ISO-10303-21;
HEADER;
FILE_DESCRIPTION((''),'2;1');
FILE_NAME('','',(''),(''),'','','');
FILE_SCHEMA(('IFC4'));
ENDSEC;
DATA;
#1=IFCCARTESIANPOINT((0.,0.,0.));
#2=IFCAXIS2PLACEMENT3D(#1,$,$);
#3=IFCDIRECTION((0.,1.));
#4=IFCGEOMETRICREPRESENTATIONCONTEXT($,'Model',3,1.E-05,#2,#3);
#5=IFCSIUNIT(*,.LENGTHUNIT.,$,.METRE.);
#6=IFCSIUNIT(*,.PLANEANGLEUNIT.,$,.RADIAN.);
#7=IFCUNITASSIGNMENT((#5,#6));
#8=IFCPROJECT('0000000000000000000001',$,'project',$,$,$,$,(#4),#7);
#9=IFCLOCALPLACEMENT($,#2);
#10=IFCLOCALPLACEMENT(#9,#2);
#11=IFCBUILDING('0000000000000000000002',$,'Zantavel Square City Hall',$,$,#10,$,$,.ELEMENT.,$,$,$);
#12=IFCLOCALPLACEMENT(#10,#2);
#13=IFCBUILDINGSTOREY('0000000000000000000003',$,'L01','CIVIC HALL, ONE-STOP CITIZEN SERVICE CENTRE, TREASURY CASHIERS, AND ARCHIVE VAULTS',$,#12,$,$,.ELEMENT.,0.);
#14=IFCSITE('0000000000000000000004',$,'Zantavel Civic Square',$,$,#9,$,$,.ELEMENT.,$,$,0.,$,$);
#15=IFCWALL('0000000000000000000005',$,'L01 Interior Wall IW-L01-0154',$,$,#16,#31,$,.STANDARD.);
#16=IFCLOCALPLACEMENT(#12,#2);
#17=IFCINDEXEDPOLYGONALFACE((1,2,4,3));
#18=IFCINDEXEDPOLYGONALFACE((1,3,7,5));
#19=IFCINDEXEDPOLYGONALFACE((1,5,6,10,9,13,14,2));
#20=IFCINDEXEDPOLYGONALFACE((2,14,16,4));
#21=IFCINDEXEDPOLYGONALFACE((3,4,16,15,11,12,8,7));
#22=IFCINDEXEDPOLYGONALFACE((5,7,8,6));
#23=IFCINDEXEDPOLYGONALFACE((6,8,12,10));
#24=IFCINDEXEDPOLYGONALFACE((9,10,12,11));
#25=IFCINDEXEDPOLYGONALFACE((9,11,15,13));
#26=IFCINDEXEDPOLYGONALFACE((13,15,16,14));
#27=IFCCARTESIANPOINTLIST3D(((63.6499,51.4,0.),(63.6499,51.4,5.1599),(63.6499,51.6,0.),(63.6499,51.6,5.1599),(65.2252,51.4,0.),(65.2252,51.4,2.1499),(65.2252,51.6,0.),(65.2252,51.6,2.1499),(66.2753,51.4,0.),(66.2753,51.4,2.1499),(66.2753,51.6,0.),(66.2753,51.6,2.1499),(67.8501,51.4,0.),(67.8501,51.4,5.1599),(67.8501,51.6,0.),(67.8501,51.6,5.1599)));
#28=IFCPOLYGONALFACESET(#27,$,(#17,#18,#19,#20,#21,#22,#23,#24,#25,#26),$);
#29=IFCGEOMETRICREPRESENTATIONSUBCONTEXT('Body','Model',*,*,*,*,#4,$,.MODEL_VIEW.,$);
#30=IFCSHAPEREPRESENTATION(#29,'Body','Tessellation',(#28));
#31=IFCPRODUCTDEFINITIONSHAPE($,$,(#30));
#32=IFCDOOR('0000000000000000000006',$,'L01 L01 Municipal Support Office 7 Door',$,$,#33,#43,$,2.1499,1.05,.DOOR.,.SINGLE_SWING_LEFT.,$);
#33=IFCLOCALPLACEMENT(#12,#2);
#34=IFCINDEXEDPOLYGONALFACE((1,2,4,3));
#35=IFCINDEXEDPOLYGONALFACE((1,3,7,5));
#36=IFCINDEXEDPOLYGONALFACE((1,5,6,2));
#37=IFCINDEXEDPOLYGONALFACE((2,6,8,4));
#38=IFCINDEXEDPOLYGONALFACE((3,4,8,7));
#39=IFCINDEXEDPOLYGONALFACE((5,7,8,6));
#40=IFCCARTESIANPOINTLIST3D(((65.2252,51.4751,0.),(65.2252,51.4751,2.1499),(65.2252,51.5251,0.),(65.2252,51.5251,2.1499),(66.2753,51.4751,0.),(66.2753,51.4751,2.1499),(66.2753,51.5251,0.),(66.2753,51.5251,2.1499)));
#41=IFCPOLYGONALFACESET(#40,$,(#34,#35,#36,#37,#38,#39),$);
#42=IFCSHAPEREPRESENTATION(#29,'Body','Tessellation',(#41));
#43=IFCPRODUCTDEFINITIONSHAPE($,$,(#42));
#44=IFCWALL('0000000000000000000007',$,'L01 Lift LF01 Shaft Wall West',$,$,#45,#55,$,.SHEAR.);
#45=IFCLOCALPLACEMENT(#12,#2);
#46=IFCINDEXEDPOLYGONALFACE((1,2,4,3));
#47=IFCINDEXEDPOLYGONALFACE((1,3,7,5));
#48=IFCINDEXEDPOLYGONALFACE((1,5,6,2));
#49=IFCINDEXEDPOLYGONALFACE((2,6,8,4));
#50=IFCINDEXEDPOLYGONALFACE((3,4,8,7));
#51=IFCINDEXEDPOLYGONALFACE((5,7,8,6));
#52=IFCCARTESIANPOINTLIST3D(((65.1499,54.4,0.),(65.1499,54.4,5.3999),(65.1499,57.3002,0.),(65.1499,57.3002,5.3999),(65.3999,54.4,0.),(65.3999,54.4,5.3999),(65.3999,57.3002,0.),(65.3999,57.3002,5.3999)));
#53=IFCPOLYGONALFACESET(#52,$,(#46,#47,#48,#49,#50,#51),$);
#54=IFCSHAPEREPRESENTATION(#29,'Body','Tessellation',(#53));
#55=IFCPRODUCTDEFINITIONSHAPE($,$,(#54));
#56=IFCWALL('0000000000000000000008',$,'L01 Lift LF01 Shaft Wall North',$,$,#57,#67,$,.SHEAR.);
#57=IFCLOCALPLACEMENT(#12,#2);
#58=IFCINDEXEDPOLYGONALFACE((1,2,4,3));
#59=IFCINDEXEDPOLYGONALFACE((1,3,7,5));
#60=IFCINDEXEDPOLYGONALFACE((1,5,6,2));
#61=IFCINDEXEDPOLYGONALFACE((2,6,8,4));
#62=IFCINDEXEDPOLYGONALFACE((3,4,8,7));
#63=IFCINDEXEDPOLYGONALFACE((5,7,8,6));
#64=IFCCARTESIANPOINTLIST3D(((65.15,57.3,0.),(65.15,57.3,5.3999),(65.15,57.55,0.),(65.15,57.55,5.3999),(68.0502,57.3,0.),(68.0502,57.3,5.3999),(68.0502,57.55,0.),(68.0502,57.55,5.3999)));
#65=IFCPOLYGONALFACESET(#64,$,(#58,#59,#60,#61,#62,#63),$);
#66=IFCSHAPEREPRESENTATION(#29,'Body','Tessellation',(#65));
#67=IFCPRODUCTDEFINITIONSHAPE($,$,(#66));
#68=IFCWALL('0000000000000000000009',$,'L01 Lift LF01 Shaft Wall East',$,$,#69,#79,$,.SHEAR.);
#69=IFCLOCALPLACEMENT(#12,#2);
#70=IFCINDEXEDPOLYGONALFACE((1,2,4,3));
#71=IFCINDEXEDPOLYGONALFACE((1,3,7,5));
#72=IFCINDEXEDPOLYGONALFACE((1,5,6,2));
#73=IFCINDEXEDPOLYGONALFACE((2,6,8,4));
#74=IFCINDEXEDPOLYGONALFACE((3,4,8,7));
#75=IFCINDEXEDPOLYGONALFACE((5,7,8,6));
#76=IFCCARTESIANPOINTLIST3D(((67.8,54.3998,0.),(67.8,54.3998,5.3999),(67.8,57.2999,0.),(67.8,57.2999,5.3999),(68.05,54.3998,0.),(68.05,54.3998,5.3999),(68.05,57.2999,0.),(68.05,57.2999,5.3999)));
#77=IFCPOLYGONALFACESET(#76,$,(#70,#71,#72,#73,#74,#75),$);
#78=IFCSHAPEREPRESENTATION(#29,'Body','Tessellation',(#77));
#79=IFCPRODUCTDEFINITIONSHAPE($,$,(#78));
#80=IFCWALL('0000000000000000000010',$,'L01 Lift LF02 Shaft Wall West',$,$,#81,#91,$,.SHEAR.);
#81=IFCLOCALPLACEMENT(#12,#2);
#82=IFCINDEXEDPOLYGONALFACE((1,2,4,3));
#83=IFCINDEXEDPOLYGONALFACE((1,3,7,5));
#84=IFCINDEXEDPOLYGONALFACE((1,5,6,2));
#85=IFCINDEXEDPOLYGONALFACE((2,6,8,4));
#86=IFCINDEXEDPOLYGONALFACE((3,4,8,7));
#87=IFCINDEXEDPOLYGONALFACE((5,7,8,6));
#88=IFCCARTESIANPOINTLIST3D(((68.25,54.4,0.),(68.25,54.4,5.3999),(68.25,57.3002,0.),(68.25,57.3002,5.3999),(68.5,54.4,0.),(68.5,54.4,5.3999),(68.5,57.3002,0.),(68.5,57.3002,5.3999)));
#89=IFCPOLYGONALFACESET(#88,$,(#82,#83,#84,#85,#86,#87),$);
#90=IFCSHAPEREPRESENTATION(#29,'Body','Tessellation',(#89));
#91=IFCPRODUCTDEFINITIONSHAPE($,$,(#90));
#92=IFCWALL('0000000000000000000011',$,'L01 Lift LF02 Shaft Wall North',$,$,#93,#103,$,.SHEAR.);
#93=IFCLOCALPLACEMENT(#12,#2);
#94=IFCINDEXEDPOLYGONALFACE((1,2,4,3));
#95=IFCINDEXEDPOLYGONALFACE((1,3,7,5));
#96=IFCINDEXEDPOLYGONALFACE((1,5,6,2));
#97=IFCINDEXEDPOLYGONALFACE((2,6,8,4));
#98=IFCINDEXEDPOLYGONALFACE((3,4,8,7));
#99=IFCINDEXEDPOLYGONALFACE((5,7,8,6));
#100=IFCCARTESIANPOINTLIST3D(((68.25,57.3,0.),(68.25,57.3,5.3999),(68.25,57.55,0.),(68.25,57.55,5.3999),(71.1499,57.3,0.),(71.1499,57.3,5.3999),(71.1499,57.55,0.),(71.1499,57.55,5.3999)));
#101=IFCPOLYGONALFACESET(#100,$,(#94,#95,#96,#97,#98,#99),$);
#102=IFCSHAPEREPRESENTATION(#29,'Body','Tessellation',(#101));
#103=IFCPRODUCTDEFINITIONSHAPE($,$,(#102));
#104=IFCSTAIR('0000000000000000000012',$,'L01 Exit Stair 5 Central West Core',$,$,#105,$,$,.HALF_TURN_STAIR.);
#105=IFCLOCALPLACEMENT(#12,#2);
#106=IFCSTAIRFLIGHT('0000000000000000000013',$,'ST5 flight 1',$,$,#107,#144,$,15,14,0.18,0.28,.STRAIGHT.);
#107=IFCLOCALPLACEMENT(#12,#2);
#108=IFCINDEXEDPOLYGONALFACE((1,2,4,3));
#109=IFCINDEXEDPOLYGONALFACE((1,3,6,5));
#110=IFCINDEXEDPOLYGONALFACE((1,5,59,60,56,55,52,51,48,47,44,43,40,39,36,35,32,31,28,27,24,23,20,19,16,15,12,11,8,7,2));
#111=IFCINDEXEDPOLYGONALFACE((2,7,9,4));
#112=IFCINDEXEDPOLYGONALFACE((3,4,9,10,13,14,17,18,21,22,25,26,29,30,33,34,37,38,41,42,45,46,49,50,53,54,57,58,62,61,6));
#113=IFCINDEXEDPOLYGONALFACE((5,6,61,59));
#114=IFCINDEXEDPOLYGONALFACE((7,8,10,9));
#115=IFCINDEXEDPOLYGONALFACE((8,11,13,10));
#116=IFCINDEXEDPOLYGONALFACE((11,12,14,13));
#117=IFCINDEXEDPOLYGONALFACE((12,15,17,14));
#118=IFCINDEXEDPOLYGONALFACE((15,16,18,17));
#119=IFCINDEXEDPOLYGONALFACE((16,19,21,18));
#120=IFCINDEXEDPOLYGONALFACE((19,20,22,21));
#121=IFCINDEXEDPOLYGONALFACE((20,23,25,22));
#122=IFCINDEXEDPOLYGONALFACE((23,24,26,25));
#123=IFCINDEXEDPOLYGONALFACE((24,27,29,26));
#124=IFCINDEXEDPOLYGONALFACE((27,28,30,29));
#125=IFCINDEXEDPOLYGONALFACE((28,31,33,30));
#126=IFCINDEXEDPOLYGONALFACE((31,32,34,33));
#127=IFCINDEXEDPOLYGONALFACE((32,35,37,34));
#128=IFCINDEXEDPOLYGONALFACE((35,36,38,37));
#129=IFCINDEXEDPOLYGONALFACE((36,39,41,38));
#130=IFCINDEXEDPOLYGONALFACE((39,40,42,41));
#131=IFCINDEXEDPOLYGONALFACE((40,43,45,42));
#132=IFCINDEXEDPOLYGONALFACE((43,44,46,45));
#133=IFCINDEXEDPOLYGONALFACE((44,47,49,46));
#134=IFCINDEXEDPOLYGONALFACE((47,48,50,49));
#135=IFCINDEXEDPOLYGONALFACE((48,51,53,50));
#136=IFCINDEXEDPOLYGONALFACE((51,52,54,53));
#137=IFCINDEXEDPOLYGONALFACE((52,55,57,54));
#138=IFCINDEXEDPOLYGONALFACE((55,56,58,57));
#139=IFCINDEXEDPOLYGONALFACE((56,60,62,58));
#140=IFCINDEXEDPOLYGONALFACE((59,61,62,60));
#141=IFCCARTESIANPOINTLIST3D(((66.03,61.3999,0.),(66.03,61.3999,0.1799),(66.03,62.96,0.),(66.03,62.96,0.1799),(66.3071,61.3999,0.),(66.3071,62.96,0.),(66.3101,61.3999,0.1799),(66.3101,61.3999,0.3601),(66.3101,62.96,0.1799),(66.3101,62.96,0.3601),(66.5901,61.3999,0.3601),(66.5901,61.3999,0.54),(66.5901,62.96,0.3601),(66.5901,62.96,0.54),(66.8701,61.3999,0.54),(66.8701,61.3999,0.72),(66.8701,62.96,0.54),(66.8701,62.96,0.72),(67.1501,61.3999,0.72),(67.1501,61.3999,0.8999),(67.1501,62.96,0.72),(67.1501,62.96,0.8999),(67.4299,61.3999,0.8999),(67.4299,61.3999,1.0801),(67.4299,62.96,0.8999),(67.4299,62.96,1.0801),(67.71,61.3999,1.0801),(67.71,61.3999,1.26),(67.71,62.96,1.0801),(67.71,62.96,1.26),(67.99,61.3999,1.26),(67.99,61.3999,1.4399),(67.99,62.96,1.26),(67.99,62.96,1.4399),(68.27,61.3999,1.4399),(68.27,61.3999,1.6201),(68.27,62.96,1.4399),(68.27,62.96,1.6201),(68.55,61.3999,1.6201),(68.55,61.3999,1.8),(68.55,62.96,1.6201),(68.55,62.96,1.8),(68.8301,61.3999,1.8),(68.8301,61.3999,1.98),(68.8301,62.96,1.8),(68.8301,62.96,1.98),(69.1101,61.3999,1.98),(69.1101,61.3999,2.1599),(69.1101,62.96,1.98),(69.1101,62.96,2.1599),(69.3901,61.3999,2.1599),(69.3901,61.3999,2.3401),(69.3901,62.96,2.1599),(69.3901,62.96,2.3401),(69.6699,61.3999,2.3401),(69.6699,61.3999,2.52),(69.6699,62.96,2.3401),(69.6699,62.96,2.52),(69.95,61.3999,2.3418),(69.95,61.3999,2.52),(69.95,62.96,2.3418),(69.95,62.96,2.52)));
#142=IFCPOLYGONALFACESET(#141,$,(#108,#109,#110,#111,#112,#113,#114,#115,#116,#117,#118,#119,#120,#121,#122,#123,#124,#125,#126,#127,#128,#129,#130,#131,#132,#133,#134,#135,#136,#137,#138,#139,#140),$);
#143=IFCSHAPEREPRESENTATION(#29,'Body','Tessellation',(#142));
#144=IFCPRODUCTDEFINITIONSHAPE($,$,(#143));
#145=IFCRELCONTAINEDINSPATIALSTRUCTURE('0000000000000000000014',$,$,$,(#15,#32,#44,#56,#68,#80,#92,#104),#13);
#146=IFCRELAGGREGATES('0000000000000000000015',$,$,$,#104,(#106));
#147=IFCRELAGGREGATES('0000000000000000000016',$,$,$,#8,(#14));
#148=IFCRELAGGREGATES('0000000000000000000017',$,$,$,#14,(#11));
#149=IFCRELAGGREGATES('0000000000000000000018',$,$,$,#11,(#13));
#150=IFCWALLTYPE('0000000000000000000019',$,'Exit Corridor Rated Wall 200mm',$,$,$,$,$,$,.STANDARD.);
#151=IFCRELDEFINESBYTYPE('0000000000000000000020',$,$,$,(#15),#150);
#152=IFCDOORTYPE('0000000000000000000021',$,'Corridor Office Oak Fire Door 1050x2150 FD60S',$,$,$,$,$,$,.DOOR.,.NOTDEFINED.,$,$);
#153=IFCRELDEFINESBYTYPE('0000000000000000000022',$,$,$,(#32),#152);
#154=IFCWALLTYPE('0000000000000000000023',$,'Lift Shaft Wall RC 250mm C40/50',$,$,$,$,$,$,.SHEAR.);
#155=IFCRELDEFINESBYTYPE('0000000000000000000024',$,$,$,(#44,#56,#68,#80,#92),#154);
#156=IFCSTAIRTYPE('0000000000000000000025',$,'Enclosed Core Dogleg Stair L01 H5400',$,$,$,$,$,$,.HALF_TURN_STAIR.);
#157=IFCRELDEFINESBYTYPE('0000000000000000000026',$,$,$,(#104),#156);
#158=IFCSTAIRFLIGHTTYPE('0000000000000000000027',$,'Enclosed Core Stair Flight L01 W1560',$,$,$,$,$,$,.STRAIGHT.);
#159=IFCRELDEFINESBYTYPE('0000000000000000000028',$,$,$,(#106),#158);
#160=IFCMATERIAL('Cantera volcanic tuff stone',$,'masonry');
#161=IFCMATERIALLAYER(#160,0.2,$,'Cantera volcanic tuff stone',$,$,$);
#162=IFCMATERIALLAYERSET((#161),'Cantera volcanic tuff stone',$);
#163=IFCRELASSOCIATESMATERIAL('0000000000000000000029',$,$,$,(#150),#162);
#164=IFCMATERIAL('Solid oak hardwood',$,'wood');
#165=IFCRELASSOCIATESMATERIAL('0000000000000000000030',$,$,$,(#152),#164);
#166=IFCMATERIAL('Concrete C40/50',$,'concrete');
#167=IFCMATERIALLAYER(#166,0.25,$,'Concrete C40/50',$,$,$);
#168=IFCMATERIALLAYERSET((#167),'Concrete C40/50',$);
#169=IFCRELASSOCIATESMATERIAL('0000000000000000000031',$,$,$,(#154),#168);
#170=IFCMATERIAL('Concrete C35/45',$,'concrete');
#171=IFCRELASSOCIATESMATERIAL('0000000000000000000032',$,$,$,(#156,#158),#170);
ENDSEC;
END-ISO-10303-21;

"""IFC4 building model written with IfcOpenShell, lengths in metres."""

from ifc_helpers import new_model, si_unit, direction, frame, frame_2d, origin, place, context, subcontext, project, spatial, polyline, rectangle, outline, extrude, material, layer, layer_set, type_object, element, fill, aggregate, save


model = new_model("IFC4")

# Units and contexts
model_context = context("Model", 3, precision=1e-05, world=origin(), true_north=direction((0.0, 1.0)))
body_context = subcontext(model_context, "Body", "Model", "MODEL_VIEW")
ifc_project = project(units=[si_unit("LENGTHUNIT", "METRE"), si_unit("PLANEANGLEUNIT", "RADIAN")], contexts=[model_context])

# Site, building, storey
site_placement = place(None, origin())
site = spatial("IfcSite", under=ifc_project, at=site_placement, Name="Zantavel Civic Square", CompositionType="ELEMENT", RefElevation=0.0)
building_placement = place(site_placement, origin())
building = spatial("IfcBuilding", under=site, at=building_placement, Name="Zantavel Square City Hall", CompositionType="ELEMENT")
storey_placement = place(building_placement, origin())
storey = spatial("IfcBuildingStorey", under=building, at=storey_placement, Name="L01", Description="CIVIC HALL, ONE-STOP CITIZEN SERVICE CENTRE, TREASURY CASHIERS, AND ARCHIVE VAULTS", CompositionType="ELEMENT", Elevation=0.0)

# Shared definitions
ifc_material_1 = material(Name="Concrete C40/50", Category="concrete")

# Shared definitions
ifc_material_2 = material(Name="Concrete C35/45", Category="concrete")

# Shared definitions
ifc_material_3 = material(Name="Cantera volcanic tuff stone", Category="masonry")
ifc_layer_1 = layer(ifc_material_3, 0.2, Name="Cantera volcanic tuff stone")
ifc_layer_set_1 = layer_set([ifc_layer_1], Name="Cantera volcanic tuff stone")
wall_type_1 = type_object("IfcWallType", Name="Exit Corridor Rated Wall 200mm", PredefinedType="STANDARD", material=ifc_layer_set_1)

# Wall, opening, door
ifc_material_4 = material(Name="Solid oak hardwood", Category="wood")
door_type_1 = type_object("IfcDoorType", Name="Corridor Office Oak Fire Door 1050x2150 FD60S", OperationType="NOTDEFINED", PredefinedType="DOOR", material=ifc_material_4)
wall_1_placement = place(storey_placement, frame((67.8501, 51.5, 0.0), z_axis=(0.0, 0.0, 1.0), x_axis=(-1.0, 0.0, 0.0)))
wall_1 = element("IfcWall", 1, at=wall_1_placement, inside=storey, type_object=wall_type_1, Name="L01 Interior Wall IW-L01-0154", PredefinedType="STANDARD", context=body_context, shape_type="SweptSolid", body=[
    extrude(rectangle(XDim=4.2002, YDim=0.2, at=frame_2d((2.1001, 0.0))), origin(), (0.0, 0.0, 1.0), 5.1599),
])
opening_1_placement = place(wall_1_placement, frame((1.575, 0.0, 0.0)))
opening_1 = element("IfcOpeningElement", 2, at=opening_1_placement, cuts=wall_1, PredefinedType="OPENING", context=body_context, shape_type="SweptSolid", body=[
    extrude(rectangle(XDim=1.05, YDim=2.1499, at=frame_2d((0.5249, 1.075))), frame((0.0, 0.1099, 0.0), z_axis=(0.0, -1.0, 0.0), x_axis=(1.0, 0.0, 0.0)), (0.0, 0.0, 1.0), 0.22),
])
door_1_placement = place(opening_1_placement, origin())
door_1 = element("IfcDoor", 3, at=door_1_placement, inside=storey, type_object=door_type_1, Name="L01 L01 Municipal Support Office 7 Door", OperationType="SINGLE_SWING_LEFT", OverallHeight=2.1499, OverallWidth=1.05, PredefinedType="DOOR", context=body_context, shape_type="SweptSolid", body=[
    extrude(rectangle(XDim=1.05, YDim=2.1499, at=frame_2d((0.5249, 1.075))), frame((0.0, 0.0249, 0.0), z_axis=(0.0, -1.0, 0.0), x_axis=(1.0, 0.0, 0.0)), (0.0, 0.0, 1.0), 0.05),
])
fill(opening_1, door_1)
ifc_layer_2 = layer(ifc_material_1, 0.25, Name="Concrete C40/50")
ifc_layer_set_2 = layer_set([ifc_layer_2], Name="Concrete C40/50")
wall_type_2 = type_object("IfcWallType", Name="Lift Shaft Wall RC 250mm C40/50", PredefinedType="SHEAR", material=ifc_layer_set_2)

# Walls
for number, where, z_axis, x_axis, name in (
    (4, (65.2749, 54.3999, 0.0), (0.0, 0.0, 1.0), (0.0, 1.0, 0.0), "L01 Lift LF01 Shaft Wall West"),
    (5, (65.1499, 57.425, 0.0), (0.0, 0.0, 1.0), (1.0, 0.0, 0.0), "L01 Lift LF01 Shaft Wall North"),
    (6, (67.925, 57.3, 0.0), (0.0, 0.0, 1.0), (0.0, -1.0, 0.0), "L01 Lift LF01 Shaft Wall East"),
    (7, (68.375, 54.3999, 0.0), (0.0, 0.0, 1.0), (0.0, 1.0, 0.0), "L01 Lift LF02 Shaft Wall West"),
):
    element("IfcWall", number, at=place(storey_placement, frame(where, z_axis=z_axis, x_axis=x_axis)), inside=storey, type_object=wall_type_2, Name=name, PredefinedType="SHEAR", context=body_context, shape_type="SweptSolid", body=[
        extrude(rectangle(XDim=2.9001, YDim=0.25, at=frame_2d((1.4502, 0.0))), origin(), (0.0, 0.0, 1.0), 5.3999),
    ])
wall_2_placement = place(storey_placement, frame((68.25, 57.425, 0.0), z_axis=(0.0, 0.0, 1.0), x_axis=(1.0, 0.0, 0.0)))
element("IfcWall", 8, at=wall_2_placement, inside=storey, type_object=wall_type_2, Name="L01 Lift LF02 Shaft Wall North", PredefinedType="SHEAR", context=body_context, shape_type="SweptSolid", body=[
    extrude(rectangle(XDim=2.8999, YDim=0.25, at=frame_2d((1.45, 0.0))), origin(), (0.0, 0.0, 1.0), 5.3999),
])

# Stair, stair flight
stair_type = type_object("IfcStairType", Name="Enclosed Core Dogleg Stair L01 H5400", PredefinedType="HALF_TURN_STAIR", material=ifc_material_2)
stair_placement = place(storey_placement, origin())
stair = element("IfcStair", 9, at=stair_placement, inside=storey, type_object=stair_type, Name="L01 Exit Stair 5 Central West Core", PredefinedType="HALF_TURN_STAIR")
stair_flight_type = type_object("IfcStairFlightType", Name="Enclosed Core Stair Flight L01 W1560", PredefinedType="STRAIGHT", material=ifc_material_2)
stair_flight_placement = place(storey_placement, frame((66.03, 62.1799, 0.0), z_axis=(0.0, 0.0, 1.0), x_axis=(1.0, 0.0, 0.0)))
stair_flight = element("IfcStairFlight", 10, at=stair_flight_placement, type_object=stair_flight_type, Name="ST5 flight 1", NumberOfRisers=15, NumberOfTreads=14, PredefinedType="STRAIGHT", RiserHeight=0.18, TreadLength=0.28, context=body_context, shape_type="SweptSolid", body=[
    extrude(outline(polyline([(0.0, 0.0), (0.0, 0.1799), (0.28, 0.1799), (0.28, 0.3601), (0.5601, 0.3601), (0.5601, 0.54), (0.8401, 0.54), (0.8401, 0.72), (1.1201, 0.72), (1.1201, 0.8999), (1.3999, 0.8999), (1.3999, 1.0801), (1.6799, 1.0801), (1.6799, 1.26), (1.96, 1.26), (1.96, 1.4399), (2.24, 1.4399), (2.24, 1.6201), (2.52, 1.6201), (2.52, 1.8), (2.8, 1.8), (2.8, 1.98), (3.0801, 1.98), (3.0801, 2.1599), (3.3601, 2.1599), (3.3601, 2.3401), (3.6399, 2.3401), (3.6399, 2.52), (3.9199, 2.52), (3.9199, 2.7), (3.9199, 2.3418), (0.2771, 0.0), (0.0, 0.0)])), frame((0.0, 0.78, 0.0), z_axis=(0.0, -1.0, 0.0), x_axis=(1.0, 0.0, 0.0)), (0.0, 0.0, 1.0), 1.5601),
])
aggregate(stair, [stair_flight])

save(model, "model.ifc")
